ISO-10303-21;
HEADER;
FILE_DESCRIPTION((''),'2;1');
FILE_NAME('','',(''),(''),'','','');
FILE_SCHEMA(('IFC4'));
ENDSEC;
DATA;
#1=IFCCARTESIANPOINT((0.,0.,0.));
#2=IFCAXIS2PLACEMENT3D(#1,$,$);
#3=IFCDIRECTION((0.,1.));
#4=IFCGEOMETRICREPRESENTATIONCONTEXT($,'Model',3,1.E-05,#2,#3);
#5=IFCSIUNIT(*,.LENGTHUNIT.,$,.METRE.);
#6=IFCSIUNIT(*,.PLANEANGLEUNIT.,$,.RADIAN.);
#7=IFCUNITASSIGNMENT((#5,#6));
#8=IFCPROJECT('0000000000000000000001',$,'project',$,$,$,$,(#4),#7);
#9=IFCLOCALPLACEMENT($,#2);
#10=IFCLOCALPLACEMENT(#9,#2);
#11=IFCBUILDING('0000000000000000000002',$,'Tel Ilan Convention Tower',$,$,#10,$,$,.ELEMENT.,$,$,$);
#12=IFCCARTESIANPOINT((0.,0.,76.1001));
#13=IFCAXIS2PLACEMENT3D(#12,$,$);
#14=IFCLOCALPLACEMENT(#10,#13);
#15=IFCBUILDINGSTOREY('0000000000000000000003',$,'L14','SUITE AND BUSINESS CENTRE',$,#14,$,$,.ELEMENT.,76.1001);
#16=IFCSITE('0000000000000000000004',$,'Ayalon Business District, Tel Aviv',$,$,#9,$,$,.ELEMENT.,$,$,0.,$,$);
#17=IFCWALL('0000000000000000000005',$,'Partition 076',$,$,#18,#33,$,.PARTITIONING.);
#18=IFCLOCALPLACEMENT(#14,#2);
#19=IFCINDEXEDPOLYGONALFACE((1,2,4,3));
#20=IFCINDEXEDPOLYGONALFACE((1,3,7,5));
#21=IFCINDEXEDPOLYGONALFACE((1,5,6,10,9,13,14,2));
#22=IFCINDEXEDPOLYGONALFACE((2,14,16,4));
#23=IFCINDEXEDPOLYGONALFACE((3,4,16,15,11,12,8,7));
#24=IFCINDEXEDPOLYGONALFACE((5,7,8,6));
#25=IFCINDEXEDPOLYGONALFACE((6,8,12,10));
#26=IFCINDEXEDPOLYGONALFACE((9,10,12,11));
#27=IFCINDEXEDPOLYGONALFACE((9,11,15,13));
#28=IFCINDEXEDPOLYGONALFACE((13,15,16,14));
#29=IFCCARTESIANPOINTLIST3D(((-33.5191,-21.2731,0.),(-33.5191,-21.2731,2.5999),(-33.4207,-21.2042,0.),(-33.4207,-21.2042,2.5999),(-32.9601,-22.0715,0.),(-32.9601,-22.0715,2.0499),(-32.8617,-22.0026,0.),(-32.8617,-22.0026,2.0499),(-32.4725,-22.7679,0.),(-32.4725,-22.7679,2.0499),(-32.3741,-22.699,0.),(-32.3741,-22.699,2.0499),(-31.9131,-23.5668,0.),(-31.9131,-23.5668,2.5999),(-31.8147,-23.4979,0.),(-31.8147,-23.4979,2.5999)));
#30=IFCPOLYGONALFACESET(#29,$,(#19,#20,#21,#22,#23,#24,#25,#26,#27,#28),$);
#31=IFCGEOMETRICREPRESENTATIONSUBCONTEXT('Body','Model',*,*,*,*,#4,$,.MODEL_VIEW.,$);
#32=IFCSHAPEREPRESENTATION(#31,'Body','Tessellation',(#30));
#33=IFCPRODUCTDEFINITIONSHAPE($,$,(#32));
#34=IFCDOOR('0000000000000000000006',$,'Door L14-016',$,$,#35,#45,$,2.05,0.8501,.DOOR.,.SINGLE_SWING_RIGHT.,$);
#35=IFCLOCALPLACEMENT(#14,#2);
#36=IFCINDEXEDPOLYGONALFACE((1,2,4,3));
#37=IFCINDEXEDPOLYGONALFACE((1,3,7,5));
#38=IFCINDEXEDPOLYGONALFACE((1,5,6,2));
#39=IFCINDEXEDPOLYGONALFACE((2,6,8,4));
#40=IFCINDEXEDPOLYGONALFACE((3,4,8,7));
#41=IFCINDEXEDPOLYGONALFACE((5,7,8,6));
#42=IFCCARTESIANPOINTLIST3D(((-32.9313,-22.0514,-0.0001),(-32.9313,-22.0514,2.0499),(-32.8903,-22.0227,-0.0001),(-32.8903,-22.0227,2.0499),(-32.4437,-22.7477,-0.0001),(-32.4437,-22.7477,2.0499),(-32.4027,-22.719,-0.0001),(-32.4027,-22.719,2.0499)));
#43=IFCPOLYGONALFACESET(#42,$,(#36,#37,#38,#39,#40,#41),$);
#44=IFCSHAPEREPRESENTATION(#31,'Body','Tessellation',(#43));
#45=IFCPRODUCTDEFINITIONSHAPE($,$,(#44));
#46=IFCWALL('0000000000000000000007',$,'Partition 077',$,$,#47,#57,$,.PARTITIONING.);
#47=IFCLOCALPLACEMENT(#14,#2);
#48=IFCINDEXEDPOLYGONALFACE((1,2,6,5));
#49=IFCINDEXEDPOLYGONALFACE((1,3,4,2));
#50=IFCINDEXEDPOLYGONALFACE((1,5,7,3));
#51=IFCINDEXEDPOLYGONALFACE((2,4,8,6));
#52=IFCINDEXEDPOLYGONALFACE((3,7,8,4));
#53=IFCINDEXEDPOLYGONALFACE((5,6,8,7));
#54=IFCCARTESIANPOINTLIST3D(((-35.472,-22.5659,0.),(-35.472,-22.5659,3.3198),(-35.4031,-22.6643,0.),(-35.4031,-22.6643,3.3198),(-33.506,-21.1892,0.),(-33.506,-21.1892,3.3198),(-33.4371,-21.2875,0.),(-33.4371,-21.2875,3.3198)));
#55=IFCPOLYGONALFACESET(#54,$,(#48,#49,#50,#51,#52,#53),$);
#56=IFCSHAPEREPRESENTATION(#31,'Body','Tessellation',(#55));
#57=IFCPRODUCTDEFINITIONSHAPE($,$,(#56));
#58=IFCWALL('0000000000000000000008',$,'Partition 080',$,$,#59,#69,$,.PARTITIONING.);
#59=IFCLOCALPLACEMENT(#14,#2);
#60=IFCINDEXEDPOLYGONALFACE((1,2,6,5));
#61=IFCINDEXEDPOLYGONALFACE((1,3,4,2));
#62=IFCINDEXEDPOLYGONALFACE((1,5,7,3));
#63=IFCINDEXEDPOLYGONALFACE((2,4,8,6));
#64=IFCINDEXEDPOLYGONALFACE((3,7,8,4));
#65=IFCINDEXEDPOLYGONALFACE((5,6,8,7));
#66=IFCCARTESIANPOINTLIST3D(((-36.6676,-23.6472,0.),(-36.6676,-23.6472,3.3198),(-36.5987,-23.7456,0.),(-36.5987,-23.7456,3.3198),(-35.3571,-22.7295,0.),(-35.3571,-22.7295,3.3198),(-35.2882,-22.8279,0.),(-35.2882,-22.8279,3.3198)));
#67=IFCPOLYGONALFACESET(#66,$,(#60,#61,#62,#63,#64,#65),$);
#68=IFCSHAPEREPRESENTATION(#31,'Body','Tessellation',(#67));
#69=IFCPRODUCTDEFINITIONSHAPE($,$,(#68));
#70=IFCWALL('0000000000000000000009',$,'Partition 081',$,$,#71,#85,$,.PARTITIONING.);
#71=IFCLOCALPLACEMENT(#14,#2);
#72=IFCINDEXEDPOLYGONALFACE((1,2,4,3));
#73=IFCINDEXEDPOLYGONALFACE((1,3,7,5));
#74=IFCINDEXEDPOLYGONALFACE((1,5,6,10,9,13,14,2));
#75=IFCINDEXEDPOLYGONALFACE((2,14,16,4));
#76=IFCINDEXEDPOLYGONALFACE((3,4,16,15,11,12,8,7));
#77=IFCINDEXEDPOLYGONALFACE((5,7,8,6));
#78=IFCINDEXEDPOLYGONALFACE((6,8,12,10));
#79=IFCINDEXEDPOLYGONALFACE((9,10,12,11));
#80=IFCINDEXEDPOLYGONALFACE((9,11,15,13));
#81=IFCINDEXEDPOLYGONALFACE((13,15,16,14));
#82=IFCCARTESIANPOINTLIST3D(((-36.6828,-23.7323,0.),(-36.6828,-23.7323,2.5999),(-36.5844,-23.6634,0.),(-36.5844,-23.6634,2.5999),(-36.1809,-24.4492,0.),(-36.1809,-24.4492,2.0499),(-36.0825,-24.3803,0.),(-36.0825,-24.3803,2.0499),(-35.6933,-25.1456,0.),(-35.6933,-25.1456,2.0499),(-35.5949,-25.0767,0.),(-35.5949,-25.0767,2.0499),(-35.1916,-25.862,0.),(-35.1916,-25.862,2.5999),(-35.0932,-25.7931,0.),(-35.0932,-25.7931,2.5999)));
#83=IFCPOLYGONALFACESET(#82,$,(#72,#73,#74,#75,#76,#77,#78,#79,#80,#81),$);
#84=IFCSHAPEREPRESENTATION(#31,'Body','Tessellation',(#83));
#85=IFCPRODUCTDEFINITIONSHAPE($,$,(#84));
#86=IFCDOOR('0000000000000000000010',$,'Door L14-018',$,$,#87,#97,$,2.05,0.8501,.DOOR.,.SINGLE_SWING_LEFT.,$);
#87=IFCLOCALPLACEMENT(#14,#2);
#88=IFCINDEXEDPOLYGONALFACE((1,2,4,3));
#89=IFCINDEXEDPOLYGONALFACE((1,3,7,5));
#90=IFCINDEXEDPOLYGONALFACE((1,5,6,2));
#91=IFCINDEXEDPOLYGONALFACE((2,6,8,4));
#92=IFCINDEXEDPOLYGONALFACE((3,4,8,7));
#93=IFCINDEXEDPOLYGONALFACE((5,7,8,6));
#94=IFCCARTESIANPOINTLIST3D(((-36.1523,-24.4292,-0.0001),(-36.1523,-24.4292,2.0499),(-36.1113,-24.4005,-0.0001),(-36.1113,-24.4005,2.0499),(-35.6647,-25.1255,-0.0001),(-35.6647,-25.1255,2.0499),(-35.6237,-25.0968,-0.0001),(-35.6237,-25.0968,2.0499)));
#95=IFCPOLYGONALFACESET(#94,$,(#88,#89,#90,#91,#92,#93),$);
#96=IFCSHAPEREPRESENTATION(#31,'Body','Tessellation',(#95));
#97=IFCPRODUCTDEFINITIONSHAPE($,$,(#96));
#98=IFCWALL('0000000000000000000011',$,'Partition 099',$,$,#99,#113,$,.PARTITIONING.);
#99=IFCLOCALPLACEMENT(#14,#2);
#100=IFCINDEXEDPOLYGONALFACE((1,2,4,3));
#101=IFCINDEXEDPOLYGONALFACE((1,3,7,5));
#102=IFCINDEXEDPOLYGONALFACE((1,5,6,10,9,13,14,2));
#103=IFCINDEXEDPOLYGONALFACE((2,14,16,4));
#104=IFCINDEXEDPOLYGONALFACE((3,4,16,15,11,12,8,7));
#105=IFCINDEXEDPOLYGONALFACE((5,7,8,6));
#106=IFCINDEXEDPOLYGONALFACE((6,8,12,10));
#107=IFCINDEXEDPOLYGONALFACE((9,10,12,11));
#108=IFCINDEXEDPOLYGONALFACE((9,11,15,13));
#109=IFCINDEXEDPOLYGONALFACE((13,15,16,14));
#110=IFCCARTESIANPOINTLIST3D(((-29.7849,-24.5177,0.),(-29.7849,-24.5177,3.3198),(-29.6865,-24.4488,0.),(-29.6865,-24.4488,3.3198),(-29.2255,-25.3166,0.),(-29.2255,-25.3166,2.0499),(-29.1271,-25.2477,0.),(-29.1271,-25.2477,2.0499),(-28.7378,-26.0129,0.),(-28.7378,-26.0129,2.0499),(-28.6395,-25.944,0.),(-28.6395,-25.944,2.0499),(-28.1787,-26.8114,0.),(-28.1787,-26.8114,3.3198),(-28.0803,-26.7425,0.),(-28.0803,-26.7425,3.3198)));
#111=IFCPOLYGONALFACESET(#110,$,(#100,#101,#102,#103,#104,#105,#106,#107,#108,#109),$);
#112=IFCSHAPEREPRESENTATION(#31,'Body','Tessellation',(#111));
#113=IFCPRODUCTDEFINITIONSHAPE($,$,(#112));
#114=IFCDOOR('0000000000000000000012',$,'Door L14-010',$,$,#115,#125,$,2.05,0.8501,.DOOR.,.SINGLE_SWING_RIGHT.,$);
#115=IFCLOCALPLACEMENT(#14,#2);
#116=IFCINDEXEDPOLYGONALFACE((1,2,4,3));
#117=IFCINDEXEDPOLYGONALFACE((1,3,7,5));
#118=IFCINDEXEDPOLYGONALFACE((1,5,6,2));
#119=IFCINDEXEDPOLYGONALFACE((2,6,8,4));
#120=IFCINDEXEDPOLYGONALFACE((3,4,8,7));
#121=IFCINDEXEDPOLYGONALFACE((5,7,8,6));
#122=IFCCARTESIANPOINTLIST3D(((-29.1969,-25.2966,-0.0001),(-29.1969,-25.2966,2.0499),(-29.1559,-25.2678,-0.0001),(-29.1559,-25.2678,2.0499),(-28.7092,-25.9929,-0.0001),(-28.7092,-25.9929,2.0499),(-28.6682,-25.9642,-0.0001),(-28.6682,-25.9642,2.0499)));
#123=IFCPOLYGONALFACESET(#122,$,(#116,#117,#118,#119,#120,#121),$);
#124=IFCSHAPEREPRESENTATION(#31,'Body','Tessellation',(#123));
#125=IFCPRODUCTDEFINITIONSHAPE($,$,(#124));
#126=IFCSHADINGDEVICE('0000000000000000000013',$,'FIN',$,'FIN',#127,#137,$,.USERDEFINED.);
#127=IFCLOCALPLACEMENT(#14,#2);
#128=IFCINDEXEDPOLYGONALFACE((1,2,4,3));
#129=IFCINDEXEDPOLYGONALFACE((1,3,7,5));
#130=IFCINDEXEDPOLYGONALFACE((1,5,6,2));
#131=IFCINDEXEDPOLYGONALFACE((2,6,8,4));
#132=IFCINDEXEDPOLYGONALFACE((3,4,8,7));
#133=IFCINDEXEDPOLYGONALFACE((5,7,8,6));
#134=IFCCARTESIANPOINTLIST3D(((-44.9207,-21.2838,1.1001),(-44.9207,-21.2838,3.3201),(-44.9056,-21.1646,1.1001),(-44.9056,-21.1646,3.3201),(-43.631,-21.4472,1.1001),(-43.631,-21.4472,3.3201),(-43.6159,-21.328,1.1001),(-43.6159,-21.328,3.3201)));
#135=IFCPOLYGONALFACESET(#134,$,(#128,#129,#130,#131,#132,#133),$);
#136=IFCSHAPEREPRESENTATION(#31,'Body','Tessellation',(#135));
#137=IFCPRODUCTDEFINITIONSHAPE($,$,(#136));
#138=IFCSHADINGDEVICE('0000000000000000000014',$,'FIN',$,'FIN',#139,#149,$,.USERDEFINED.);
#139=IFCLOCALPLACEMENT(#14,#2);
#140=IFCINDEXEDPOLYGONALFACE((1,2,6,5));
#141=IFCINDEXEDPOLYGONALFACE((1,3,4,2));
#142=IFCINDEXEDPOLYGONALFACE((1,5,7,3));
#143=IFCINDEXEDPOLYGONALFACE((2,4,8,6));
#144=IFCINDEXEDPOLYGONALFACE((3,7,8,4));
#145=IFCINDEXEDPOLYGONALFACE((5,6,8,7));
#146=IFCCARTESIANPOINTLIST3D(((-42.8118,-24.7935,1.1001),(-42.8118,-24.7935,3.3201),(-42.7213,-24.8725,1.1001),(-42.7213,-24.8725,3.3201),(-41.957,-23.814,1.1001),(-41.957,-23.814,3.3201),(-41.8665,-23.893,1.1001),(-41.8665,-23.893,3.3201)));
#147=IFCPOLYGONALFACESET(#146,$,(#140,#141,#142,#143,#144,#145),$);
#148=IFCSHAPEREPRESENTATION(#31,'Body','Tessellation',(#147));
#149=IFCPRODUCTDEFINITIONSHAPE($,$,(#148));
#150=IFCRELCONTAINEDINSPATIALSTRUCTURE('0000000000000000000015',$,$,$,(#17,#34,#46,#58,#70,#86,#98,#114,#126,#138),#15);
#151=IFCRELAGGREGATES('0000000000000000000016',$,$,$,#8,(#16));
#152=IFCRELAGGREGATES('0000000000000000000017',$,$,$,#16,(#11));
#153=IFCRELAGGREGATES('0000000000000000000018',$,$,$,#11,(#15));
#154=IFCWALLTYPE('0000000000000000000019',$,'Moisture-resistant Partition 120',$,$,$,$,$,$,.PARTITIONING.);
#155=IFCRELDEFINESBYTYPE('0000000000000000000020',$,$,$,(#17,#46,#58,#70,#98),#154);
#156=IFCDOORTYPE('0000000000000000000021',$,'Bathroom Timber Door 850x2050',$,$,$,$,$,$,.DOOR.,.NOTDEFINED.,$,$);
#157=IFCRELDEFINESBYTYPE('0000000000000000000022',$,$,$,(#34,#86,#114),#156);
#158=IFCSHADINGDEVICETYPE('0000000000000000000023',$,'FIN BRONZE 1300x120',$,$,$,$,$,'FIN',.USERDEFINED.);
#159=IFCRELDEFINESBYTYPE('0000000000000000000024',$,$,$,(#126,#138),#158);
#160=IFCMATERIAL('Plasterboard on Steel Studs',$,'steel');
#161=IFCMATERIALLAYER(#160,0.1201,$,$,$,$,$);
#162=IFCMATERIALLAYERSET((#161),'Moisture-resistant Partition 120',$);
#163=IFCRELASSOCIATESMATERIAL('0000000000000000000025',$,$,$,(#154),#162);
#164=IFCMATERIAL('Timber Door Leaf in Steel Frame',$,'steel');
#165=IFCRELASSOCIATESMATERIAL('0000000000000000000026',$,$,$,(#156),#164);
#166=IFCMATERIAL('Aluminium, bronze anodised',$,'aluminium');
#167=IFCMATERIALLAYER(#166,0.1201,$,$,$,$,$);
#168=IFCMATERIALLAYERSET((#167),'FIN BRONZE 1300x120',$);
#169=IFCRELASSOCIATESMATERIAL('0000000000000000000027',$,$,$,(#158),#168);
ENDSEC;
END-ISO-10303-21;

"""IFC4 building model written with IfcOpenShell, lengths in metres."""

from ifc_helpers import new_model, si_unit, direction, frame, frame_2d, origin, origin_2d, place, context, subcontext, project, spatial, rectangle, extrude, material, layer, layer_set, type_object, element, fill, save


model = new_model("IFC4")

# Units and contexts
model_context = context("Model", 3, precision=1e-05, world=origin(), true_north=direction((0.0, 1.0)))
body_context = subcontext(model_context, "Body", "Model", "MODEL_VIEW")
ifc_project = project(units=[si_unit("LENGTHUNIT", "METRE"), si_unit("PLANEANGLEUNIT", "RADIAN")], contexts=[model_context])

# Site, building, storey
site_placement = place(None, origin())
site = spatial("IfcSite", under=ifc_project, at=site_placement, Name="Ayalon Business District, Tel Aviv", CompositionType="ELEMENT", RefElevation=0.0)
building_placement = place(site_placement, origin())
building = spatial("IfcBuilding", under=site, at=building_placement, Name="Tel Ilan Convention Tower", CompositionType="ELEMENT")
storey_placement = place(building_placement, frame((0.0, 0.0, 76.1001)))
storey = spatial("IfcBuildingStorey", under=building, at=storey_placement, Name="L14", Description="SUITE AND BUSINESS CENTRE", CompositionType="ELEMENT", Elevation=76.1001)

# Wall, opening, door
ifc_material_1 = material(Name="Plasterboard on Steel Studs", Category="steel")
ifc_layer_1 = layer(ifc_material_1, 0.1201)
ifc_layer_set_1 = layer_set([ifc_layer_1], Name="Moisture-resistant Partition 120")
wall_type_1 = type_object("IfcWallType", Name="Moisture-resistant Partition 120", PredefinedType="PARTITIONING", material=ifc_layer_set_1)
wall_1_placement = place(storey_placement, frame((-31.864, -23.5322, 0.0), z_axis=(0.0, 0.0, 1.0), x_axis=(-0.57355, 0.81917, 0.0)))
wall_1 = element("IfcWall", 1, at=wall_1_placement, inside=storey, type_object=wall_type_1, Name="Partition 076", PredefinedType="PARTITIONING", context=body_context, shape_type="SweptSolid", body=[
    extrude(rectangle(XDim=2.8, YDim=0.1201, at=frame_2d((1.3999, 0.0))), origin(), (0.0, 0.0, 1.0), 2.5999),
])
opening_1_placement = place(wall_1_placement, frame((0.9751, 0.0, 0.0)))
opening_1 = element("IfcOpeningElement", 2, at=opening_1_placement, cuts=wall_1, PredefinedType="OPENING", context=body_context, shape_type="SweptSolid", body=[
    extrude(rectangle(XDim=0.8501, YDim=2.05, at=frame_2d((0.425, 1.0249))), frame((0.0, 0.0701, 0.0), z_axis=(0.0, -1.0, 0.0), x_axis=(1.0, 0.0, 0.0)), (0.0, 0.0, 1.0), 0.1401),
])
ifc_material_2 = material(Name="Timber Door Leaf in Steel Frame", Category="steel")
door_type_1 = type_object("IfcDoorType", Name="Bathroom Timber Door 850x2050", OperationType="NOTDEFINED", PredefinedType="DOOR", material=ifc_material_2)
door_1_placement = place(opening_1_placement, origin())
door_1 = element("IfcDoor", 3, at=door_1_placement, inside=storey, type_object=door_type_1, Name="Door L14-016", OperationType="SINGLE_SWING_RIGHT", OverallHeight=2.05, OverallWidth=0.8501, PredefinedType="DOOR", context=body_context, shape_type="SweptSolid", body=[
    extrude(rectangle(XDim=0.8501, YDim=2.05, at=frame_2d((0.425, 1.0249))), frame((0.0, 0.0249, 0.0), z_axis=(0.0, -1.0, 0.0), x_axis=(1.0, 0.0, 0.0)), (0.0, 0.0, 1.0), 0.05),
])
fill(opening_1, door_1)

# Walls
wall_2_placement = place(storey_placement, frame((-33.4714, -21.2383, 0.0), z_axis=(0.0, 0.0, 1.0), x_axis=(-0.819141, -0.573592, 0.0)))
element("IfcWall", 4, at=wall_2_placement, inside=storey, type_object=wall_type_1, Name="Partition 077", PredefinedType="PARTITIONING", context=body_context, shape_type="SweptSolid", body=[
    extrude(rectangle(XDim=2.4001, YDim=0.1201, at=frame_2d((1.2002, 0.0))), origin(), (0.0, 0.0, 1.0), 3.3198),
])
wall_3_placement = place(storey_placement, frame((-35.3228, -22.7788, 0.0), z_axis=(0.0, 0.0, 1.0), x_axis=(-0.819132, -0.573606, 0.0)))
element("IfcWall", 5, at=wall_3_placement, inside=storey, type_object=wall_type_1, Name="Partition 080", PredefinedType="PARTITIONING", context=body_context, shape_type="SweptSolid", body=[
    extrude(rectangle(XDim=1.5999, YDim=0.1201, at=frame_2d((0.7998, 0.0))), origin(), (0.0, 0.0, 1.0), 3.3198),
])

# Walls, openings, doors
wall_4_placement = place(storey_placement, frame((-36.6335, -23.698, 0.0), z_axis=(0.0, 0.0, 1.0), x_axis=(0.573582, -0.819148, 0.0)))
wall_4 = element("IfcWall", 6, at=wall_4_placement, inside=storey, type_object=wall_type_1, Name="Partition 081", PredefinedType="PARTITIONING", context=body_context, shape_type="SweptSolid", body=[
    extrude(rectangle(XDim=2.5999, YDim=0.1201, at=frame_2d((1.2998, 0.0))), origin(), (0.0, 0.0, 1.0), 2.5999),
])
opening_2_placement = place(wall_4_placement, frame((0.875, 0.0, 0.0)))
opening_2 = element("IfcOpeningElement", 7, at=opening_2_placement, cuts=wall_4, PredefinedType="OPENING", context=body_context, shape_type="SweptSolid", body=[
    extrude(rectangle(XDim=0.8501, YDim=2.05, at=frame_2d((0.425, 1.0249))), frame((0.0, 0.0701, 0.0), z_axis=(0.0, -1.0, 0.0), x_axis=(1.0, 0.0, 0.0)), (0.0, 0.0, 1.0), 0.1401),
])
door_2_placement = place(opening_2_placement, origin())
door_2 = element("IfcDoor", 8, at=door_2_placement, inside=storey, type_object=door_type_1, Name="Door L14-018", OperationType="SINGLE_SWING_LEFT", OverallHeight=2.05, OverallWidth=0.8501, PredefinedType="DOOR", context=body_context, shape_type="SweptSolid", body=[
    extrude(rectangle(XDim=0.8501, YDim=2.05, at=frame_2d((0.425, 1.0249))), frame((0.0, 0.0249, 0.0), z_axis=(0.0, -1.0, 0.0), x_axis=(1.0, 0.0, 0.0)), (0.0, 0.0, 1.0), 0.05),
])
fill(opening_2, door_2)
wall_5_placement = place(storey_placement, frame((-29.7356, -24.4834, 0.0), z_axis=(0.0, 0.0, 1.0), x_axis=(0.573609, -0.81913, 0.0)))
wall_5 = element("IfcWall", 9, at=wall_5_placement, inside=storey, type_object=wall_type_1, Name="Partition 099", PredefinedType="PARTITIONING", context=body_context, shape_type="SweptSolid", body=[
    extrude(rectangle(XDim=2.8, YDim=0.1201, at=frame_2d((1.3999, 0.0))), origin(), (0.0, 0.0, 1.0), 3.3198),
])
opening_3_placement = place(wall_5_placement, frame((0.9751, 0.0, 0.0)))
opening_3 = element("IfcOpeningElement", 10, at=opening_3_placement, cuts=wall_5, PredefinedType="OPENING", context=body_context, shape_type="SweptSolid", body=[
    extrude(rectangle(XDim=0.8501, YDim=2.05, at=frame_2d((0.425, 1.0249))), frame((0.0, 0.0701, 0.0), z_axis=(0.0, -1.0, 0.0), x_axis=(1.0, 0.0, 0.0)), (0.0, 0.0, 1.0), 0.1401),
])
door_3_placement = place(opening_3_placement, origin())
door_3 = element("IfcDoor", 11, at=door_3_placement, inside=storey, type_object=door_type_1, Name="Door L14-010", OperationType="SINGLE_SWING_RIGHT", OverallHeight=2.05, OverallWidth=0.8501, PredefinedType="DOOR", context=body_context, shape_type="SweptSolid", body=[
    extrude(rectangle(XDim=0.8501, YDim=2.05, at=frame_2d((0.425, 1.0249))), frame((0.0, 0.0249, 0.0), z_axis=(0.0, -1.0, 0.0), x_axis=(1.0, 0.0, 0.0)), (0.0, 0.0, 1.0), 0.05),
])
fill(opening_3, door_3)

# Shading devices
ifc_material_3 = material(Name="Aluminium, bronze anodised", Category="aluminium")
ifc_layer_2 = layer(ifc_material_3, 0.1201)
ifc_layer_set_2 = layer_set([ifc_layer_2], Name="FIN BRONZE 1300x120")
shading_device_type = type_object("IfcShadingDeviceType", Name="FIN BRONZE 1300x120", ElementType="FIN", PredefinedType="USERDEFINED", material=ifc_layer_set_2)
for number, where, z_axis, x_axis, name in (
    (12, (-44.2683, -21.3059, 1.1001), (0.0, 0.0, 1.0), (-0.992066, 0.125718, 0.0), "FIN"),
    (13, (-42.3391, -24.3433, 1.1001), (0.0, 0.0, 1.0), (-0.657521, -0.753436, 0.0), "FIN"),
):
    element("IfcShadingDevice", number, at=place(storey_placement, frame(where, z_axis=z_axis, x_axis=x_axis)), inside=storey, type_object=shading_device_type, Name=name, ObjectType="FIN", PredefinedType="USERDEFINED", context=body_context, shape_type="SweptSolid", body=[
        extrude(rectangle(XDim=1.3, YDim=0.1201, at=origin_2d()), origin(), (0.0, 0.0, 1.0), 2.22),
    ])

save(model, "model.ifc")
